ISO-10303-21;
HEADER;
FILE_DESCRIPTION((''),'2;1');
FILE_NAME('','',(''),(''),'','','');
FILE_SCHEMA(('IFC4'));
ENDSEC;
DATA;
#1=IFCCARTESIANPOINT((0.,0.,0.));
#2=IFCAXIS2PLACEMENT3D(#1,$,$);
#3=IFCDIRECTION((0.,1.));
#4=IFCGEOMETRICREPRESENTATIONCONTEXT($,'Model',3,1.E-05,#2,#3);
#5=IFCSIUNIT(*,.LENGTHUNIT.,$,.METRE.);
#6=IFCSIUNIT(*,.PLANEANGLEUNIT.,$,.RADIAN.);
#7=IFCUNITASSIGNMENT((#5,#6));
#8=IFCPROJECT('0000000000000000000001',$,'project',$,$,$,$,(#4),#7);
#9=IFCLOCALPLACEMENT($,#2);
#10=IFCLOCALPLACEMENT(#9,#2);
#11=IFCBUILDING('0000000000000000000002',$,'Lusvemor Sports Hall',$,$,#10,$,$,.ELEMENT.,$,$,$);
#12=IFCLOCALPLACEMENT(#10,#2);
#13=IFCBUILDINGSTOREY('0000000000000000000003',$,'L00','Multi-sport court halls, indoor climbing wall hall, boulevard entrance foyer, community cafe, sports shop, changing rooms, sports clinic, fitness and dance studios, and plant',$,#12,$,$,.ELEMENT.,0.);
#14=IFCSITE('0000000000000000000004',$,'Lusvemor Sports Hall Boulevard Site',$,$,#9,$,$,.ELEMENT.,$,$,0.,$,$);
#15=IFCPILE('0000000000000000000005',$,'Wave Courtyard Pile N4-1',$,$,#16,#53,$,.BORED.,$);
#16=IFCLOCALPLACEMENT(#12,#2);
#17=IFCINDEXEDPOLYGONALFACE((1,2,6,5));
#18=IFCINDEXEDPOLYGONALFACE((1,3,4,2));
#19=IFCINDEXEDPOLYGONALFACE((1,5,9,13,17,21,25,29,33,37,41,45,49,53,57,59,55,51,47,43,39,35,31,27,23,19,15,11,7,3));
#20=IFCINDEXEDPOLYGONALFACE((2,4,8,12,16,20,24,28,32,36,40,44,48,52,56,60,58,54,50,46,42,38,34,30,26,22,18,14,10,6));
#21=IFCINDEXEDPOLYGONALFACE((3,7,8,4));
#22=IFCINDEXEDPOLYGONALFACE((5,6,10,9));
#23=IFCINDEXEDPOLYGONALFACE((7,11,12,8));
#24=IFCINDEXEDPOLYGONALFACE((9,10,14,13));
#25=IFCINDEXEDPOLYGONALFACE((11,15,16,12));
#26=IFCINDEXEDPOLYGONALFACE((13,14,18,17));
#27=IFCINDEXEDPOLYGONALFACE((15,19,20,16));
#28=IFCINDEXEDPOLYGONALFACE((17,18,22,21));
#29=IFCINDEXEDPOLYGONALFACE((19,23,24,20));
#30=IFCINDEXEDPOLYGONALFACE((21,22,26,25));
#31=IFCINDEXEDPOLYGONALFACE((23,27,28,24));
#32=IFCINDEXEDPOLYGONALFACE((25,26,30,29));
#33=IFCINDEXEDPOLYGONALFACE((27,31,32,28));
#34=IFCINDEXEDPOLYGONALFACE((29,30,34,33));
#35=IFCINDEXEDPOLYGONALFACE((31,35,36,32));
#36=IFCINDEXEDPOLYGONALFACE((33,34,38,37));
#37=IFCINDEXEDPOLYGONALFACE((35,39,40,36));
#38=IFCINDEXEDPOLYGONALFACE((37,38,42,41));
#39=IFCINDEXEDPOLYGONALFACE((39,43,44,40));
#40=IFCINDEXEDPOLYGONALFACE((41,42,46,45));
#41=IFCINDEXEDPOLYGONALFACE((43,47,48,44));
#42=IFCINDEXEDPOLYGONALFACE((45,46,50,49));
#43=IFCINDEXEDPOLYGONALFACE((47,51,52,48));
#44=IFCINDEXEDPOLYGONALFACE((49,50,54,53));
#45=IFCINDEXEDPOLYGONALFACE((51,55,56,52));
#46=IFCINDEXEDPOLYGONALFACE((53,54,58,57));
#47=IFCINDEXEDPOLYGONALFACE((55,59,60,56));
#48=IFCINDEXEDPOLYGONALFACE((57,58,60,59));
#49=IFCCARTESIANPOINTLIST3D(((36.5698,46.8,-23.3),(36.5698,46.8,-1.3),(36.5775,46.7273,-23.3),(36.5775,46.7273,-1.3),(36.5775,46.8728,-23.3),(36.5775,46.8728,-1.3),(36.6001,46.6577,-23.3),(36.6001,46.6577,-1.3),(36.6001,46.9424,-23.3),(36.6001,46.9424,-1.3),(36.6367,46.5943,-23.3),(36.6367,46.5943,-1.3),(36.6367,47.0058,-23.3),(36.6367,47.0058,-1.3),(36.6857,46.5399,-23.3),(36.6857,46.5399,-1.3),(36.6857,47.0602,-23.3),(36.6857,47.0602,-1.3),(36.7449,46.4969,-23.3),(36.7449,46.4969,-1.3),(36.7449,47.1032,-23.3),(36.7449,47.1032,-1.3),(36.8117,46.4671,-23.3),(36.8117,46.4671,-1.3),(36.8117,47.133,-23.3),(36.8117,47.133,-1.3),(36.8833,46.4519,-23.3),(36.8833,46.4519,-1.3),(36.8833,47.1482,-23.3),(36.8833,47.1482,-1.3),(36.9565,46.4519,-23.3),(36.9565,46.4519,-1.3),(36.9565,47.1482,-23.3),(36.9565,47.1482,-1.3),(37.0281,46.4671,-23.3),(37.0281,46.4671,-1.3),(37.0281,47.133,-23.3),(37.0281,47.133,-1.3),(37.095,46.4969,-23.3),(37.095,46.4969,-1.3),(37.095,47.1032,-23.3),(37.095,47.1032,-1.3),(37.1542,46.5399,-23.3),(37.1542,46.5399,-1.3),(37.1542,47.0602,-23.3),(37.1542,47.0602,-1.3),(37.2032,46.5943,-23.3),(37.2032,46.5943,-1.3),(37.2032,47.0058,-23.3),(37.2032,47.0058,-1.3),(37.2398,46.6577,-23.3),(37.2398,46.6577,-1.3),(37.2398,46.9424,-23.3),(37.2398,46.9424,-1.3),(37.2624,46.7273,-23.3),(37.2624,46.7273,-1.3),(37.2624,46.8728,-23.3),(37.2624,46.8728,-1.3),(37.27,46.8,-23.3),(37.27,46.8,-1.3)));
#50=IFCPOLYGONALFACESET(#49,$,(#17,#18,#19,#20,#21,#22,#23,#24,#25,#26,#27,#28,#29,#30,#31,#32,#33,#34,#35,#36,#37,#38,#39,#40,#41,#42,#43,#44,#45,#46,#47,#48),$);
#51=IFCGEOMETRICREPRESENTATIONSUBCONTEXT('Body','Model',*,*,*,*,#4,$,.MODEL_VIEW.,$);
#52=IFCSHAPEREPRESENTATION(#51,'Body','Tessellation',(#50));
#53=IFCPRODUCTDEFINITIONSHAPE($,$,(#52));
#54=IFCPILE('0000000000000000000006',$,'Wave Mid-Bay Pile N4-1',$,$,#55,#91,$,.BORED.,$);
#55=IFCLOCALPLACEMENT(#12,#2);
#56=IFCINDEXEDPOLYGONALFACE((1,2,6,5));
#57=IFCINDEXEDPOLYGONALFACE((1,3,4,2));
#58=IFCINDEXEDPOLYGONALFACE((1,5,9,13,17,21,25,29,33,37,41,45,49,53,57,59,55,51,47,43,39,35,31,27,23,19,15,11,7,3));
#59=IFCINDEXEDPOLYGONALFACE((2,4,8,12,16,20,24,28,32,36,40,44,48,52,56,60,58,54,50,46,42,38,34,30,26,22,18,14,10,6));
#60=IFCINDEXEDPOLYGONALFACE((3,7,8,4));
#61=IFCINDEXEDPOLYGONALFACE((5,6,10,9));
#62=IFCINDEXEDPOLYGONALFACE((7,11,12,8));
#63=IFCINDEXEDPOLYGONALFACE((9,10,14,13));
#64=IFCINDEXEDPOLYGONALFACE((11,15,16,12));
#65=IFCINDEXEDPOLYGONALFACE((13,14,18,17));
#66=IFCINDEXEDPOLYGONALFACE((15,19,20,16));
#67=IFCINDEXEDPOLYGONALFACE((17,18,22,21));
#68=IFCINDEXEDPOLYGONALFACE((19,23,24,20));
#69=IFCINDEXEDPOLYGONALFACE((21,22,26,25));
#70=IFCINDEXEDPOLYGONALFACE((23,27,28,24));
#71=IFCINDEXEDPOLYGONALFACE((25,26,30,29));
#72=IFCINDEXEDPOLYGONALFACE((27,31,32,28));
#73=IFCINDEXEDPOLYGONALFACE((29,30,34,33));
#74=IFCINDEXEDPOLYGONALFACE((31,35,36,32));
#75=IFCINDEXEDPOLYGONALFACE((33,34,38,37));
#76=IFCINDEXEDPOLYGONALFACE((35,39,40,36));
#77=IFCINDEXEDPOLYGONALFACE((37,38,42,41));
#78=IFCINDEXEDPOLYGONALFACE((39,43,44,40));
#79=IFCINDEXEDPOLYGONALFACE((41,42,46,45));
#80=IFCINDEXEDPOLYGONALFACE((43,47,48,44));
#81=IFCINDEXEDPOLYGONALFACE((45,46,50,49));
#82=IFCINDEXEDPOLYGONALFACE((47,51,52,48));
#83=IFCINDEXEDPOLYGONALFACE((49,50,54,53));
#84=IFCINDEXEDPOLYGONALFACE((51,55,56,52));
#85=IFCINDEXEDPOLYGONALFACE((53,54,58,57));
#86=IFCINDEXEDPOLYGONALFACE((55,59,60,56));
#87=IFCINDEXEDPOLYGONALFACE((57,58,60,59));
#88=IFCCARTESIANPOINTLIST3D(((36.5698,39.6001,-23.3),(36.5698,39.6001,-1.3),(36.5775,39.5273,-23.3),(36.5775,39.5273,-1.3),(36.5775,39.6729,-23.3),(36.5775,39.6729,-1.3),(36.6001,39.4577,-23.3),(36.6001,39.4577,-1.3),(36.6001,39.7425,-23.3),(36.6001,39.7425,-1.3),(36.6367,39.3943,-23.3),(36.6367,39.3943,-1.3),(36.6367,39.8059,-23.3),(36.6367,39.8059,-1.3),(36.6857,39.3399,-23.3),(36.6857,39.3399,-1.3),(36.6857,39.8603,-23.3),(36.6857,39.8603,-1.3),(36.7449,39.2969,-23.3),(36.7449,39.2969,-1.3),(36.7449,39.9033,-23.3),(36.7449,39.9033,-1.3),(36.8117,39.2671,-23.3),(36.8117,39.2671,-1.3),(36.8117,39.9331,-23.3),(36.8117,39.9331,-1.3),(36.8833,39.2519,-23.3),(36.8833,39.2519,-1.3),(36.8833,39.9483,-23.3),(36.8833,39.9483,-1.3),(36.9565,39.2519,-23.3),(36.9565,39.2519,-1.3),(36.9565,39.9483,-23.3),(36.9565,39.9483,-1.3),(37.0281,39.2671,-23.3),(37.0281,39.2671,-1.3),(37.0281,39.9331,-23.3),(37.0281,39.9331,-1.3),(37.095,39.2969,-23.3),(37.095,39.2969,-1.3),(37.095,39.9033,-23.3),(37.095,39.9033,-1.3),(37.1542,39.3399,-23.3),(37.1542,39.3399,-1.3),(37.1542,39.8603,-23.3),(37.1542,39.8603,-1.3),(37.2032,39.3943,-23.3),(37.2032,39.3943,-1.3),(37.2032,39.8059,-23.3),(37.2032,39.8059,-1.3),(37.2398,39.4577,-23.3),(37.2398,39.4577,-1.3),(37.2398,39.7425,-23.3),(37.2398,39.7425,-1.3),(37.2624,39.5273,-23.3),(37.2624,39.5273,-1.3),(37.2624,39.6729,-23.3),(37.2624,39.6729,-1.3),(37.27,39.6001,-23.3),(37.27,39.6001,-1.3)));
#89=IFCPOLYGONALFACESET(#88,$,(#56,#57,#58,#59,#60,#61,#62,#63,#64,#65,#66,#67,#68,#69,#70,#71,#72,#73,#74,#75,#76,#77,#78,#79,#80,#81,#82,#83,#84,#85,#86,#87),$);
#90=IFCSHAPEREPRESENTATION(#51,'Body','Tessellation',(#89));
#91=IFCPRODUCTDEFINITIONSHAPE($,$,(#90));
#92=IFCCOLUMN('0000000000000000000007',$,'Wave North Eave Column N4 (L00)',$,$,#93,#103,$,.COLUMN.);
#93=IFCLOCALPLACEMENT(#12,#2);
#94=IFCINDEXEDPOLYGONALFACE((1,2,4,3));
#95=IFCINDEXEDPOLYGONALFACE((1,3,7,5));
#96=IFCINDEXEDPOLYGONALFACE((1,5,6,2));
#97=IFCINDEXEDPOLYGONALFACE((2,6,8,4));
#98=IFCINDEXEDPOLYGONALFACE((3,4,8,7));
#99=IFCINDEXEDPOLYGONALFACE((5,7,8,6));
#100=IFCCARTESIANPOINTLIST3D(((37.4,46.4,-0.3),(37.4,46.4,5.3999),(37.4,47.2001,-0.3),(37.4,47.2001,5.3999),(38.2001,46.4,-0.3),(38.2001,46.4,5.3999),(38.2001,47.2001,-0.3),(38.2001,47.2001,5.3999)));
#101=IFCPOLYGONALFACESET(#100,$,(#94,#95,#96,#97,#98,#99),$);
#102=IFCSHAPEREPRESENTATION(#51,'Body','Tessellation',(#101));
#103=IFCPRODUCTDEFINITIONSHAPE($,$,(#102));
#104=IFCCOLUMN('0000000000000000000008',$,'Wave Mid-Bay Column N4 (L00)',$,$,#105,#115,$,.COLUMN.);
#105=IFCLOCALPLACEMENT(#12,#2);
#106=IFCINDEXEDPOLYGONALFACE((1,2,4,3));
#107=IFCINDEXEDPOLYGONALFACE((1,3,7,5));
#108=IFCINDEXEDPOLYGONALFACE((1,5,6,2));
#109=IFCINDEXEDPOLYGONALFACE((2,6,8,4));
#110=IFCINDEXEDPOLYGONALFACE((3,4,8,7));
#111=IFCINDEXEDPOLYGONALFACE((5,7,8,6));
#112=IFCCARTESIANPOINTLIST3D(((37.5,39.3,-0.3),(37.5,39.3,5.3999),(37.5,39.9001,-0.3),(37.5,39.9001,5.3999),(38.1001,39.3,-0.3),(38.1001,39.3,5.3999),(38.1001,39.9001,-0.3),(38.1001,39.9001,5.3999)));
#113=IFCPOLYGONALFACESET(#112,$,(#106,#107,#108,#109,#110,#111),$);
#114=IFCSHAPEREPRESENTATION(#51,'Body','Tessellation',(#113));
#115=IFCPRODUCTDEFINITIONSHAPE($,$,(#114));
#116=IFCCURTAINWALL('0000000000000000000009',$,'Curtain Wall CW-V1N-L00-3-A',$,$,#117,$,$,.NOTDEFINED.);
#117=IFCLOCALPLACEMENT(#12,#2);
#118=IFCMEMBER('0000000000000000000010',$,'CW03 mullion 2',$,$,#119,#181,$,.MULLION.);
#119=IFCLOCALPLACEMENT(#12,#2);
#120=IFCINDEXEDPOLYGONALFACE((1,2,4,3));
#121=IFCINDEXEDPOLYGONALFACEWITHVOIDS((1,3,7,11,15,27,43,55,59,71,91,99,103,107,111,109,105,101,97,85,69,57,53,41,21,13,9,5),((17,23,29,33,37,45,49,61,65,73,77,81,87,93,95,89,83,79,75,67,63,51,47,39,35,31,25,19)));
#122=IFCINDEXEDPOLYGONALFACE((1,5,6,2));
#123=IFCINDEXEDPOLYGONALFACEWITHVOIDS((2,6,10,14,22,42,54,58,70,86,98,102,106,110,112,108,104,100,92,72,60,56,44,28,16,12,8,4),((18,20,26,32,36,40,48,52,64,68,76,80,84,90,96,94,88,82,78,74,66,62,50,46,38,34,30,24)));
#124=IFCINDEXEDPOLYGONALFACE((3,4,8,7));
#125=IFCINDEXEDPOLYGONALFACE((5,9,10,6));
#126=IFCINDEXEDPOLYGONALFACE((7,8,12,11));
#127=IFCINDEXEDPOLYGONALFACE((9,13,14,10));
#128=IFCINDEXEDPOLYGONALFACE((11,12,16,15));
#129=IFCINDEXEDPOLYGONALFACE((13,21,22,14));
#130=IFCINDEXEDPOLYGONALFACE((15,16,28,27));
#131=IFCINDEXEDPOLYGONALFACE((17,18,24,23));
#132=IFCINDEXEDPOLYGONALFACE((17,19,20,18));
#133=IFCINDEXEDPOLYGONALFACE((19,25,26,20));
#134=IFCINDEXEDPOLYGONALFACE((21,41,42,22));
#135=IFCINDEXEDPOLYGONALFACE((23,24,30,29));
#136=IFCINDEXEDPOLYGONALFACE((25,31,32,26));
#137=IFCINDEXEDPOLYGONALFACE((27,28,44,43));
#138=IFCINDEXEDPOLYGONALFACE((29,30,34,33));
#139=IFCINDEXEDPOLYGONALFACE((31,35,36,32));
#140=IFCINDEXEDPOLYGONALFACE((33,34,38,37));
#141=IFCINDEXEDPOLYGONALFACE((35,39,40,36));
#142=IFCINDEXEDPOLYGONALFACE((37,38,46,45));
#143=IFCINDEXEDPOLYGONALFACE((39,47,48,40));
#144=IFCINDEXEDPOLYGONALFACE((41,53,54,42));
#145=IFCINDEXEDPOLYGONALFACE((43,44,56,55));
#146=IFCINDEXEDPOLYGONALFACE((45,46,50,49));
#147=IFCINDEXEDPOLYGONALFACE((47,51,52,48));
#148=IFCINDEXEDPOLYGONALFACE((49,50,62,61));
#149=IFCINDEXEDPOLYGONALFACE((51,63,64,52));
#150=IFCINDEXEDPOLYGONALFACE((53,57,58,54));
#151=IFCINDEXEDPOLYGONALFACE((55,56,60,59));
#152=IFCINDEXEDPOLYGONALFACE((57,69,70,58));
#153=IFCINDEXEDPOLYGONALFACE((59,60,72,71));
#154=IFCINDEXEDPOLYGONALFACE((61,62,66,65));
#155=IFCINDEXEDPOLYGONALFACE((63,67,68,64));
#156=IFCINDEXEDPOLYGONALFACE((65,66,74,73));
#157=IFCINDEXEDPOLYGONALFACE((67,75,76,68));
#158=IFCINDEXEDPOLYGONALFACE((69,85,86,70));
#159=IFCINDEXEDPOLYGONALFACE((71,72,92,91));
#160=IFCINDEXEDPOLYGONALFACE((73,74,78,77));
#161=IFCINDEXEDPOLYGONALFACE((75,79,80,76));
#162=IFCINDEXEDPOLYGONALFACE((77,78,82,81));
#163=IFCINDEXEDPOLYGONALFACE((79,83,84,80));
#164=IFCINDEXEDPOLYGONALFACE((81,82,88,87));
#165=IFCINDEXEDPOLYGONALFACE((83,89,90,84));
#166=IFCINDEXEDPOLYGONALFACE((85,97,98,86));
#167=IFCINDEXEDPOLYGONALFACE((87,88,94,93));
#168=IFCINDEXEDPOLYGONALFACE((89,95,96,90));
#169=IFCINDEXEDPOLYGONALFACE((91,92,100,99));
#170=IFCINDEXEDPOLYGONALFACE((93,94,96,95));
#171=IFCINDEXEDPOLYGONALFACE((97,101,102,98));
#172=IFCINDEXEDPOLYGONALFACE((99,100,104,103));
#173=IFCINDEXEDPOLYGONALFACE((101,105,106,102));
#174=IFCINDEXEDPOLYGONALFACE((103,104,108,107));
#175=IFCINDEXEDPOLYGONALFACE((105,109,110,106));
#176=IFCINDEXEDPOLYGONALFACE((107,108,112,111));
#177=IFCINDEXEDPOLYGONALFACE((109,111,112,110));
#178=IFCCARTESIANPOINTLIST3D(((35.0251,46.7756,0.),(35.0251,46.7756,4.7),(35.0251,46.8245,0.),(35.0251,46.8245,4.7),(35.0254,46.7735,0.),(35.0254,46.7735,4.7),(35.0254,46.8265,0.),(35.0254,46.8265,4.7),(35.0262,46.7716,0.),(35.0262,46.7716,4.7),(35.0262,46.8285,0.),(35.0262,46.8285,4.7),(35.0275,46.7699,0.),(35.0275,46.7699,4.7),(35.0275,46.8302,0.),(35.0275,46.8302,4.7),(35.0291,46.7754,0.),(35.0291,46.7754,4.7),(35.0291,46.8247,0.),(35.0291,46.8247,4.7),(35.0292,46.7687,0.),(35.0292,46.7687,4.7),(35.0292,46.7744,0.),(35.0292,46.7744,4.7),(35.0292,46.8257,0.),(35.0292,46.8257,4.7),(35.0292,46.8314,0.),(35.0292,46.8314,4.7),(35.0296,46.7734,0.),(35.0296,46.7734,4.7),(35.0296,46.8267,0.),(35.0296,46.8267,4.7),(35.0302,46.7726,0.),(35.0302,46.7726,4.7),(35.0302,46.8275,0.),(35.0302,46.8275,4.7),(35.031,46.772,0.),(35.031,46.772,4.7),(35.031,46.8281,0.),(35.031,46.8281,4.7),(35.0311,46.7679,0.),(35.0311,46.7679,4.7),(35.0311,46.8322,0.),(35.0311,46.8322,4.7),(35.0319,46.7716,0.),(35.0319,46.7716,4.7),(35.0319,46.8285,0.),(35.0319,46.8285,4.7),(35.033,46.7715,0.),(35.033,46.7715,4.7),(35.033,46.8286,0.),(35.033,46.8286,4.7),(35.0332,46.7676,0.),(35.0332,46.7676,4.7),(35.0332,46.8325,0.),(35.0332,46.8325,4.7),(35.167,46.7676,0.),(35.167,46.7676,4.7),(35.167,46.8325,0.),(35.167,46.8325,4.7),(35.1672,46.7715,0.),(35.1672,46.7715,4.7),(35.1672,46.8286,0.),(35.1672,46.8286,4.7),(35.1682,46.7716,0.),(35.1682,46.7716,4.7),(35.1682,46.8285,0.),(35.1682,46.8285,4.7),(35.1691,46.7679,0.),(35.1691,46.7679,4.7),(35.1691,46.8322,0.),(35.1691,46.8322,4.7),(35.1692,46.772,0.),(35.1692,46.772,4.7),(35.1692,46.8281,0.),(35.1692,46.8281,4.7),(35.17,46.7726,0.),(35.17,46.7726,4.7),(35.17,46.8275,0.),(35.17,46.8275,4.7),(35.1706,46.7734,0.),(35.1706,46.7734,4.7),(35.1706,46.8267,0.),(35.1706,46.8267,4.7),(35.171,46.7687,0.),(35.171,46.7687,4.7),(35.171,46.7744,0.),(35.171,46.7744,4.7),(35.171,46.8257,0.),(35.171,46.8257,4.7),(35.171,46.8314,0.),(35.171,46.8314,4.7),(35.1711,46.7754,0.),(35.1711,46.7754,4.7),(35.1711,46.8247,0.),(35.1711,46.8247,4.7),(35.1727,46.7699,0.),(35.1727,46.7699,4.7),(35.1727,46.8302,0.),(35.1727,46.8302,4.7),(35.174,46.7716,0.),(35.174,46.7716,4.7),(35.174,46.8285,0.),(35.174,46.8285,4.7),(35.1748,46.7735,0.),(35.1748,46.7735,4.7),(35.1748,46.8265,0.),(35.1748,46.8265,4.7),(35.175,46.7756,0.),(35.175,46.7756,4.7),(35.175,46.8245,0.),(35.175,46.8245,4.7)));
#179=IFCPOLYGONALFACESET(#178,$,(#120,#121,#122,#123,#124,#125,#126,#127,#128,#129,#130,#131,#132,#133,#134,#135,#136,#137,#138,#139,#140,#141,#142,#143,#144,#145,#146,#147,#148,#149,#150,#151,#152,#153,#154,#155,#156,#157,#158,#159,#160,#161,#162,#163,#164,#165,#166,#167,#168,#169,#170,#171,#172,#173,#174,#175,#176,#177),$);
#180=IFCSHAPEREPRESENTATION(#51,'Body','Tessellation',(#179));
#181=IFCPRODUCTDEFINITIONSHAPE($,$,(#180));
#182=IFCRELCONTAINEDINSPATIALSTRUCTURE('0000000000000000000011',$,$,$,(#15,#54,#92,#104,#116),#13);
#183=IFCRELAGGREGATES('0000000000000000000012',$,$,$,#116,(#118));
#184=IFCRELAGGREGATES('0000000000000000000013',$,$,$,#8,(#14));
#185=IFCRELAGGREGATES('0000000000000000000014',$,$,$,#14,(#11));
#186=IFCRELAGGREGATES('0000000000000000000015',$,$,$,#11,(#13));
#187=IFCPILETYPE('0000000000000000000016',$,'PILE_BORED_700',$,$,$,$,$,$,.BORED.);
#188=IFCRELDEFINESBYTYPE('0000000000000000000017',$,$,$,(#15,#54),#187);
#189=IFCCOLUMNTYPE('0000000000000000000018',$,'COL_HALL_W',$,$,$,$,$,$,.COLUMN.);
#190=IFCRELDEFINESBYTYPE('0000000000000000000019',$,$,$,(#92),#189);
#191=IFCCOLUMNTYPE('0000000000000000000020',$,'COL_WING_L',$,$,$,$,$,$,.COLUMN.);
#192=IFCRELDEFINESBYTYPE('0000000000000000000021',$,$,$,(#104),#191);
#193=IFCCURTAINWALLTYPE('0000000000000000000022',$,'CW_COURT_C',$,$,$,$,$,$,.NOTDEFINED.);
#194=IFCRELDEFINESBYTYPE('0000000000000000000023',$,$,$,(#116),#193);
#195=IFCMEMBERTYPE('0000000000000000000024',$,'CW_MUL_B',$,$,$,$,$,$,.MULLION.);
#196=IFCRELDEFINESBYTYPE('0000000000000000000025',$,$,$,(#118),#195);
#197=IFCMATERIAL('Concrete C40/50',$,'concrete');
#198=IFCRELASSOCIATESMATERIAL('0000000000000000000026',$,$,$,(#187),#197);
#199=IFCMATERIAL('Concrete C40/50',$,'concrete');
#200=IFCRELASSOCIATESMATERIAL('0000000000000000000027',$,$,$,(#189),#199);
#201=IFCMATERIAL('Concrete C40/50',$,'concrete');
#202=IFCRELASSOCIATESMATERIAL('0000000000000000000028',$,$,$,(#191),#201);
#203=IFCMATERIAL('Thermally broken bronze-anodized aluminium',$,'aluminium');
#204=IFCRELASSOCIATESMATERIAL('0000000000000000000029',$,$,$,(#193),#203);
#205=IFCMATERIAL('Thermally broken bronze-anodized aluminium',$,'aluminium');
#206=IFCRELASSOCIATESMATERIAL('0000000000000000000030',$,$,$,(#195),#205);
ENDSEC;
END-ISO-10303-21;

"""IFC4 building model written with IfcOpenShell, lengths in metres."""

from ifc_helpers import new_model, si_unit, direction, frame, origin, origin_2d, place, context, subcontext, project, spatial, rectangle, hollow_rectangle, circle, extrude, material, material_profile, profile_set, type_object, element, aggregate, save


model = new_model("IFC4")

# Units and contexts
model_context = context("Model", 3, precision=1e-05, world=origin(), true_north=direction((0.0, 1.0)))
body_context = subcontext(model_context, "Body", "Model", "MODEL_VIEW")
ifc_project = project(units=[si_unit("LENGTHUNIT", "METRE"), si_unit("PLANEANGLEUNIT", "RADIAN")], contexts=[model_context])

# Site, building, storey
site_placement = place(None, origin())
site = spatial("IfcSite", under=ifc_project, at=site_placement, Name="Lusvemor Sports Hall Boulevard Site", CompositionType="ELEMENT", RefElevation=0.0)
building_placement = place(site_placement, origin())
building = spatial("IfcBuilding", under=site, at=building_placement, Name="Lusvemor Sports Hall", CompositionType="ELEMENT")
storey_placement = place(building_placement, origin())
storey = spatial("IfcBuildingStorey", under=building, at=storey_placement, Name="L00", Description="Multi-sport court halls, indoor climbing wall hall, boulevard entrance foyer, community cafe, sports shop, changing rooms, sports clinic, fitness and dance studios, and plant", CompositionType="ELEMENT", Elevation=0.0)

# Piles
ifc_material_1 = material(Name="Concrete C40/50", Category="concrete")
ifc_material_profile_1 = material_profile(ifc_material_1, circle(Radius=0.3501, at=origin_2d()), Name="PILE700")
ifc_profile_set_1 = profile_set([ifc_material_profile_1], Name="Concrete C40/50")
pile_type = type_object("IfcPileType", Name="PILE_BORED_700", PredefinedType="BORED", material=ifc_profile_set_1)
for number, where, z_axis, x_axis, name in (
    (1, (36.9199, 46.8, -1.3), (0.0, 0.0, -1.0), (1.0, 0.0, 0.0), "Wave Courtyard Pile N4-1"),
    (2, (36.9199, 39.6001, -1.3), (0.0, 0.0, -1.0), (1.0, 0.0, 0.0), "Wave Mid-Bay Pile N4-1"),
):
    element("IfcPile", number, at=place(storey_placement, frame(where, z_axis=z_axis, x_axis=x_axis)), inside=storey, type_object=pile_type, Name=name, PredefinedType="BORED", context=body_context, shape_type="SweptSolid", body=[
        extrude(circle(Radius=0.3501, at=origin_2d()), origin(), (0.0, 0.0, 1.0), 22.0),
    ])

# Columns
ifc_material_2 = material(Name="Concrete C40/50", Category="concrete")
ifc_material_profile_2 = material_profile(ifc_material_2, rectangle(XDim=0.8, YDim=0.8, at=origin_2d()), Name="RC800x800")
ifc_profile_set_2 = profile_set([ifc_material_profile_2], Name="Concrete C40/50")
column_type_1 = type_object("IfcColumnType", Name="COL_HALL_W", PredefinedType="COLUMN", material=ifc_profile_set_2)
column_1_placement = place(storey_placement, frame((37.8, 46.8, -0.3), z_axis=(0.0, 0.0, 1.0), x_axis=(1.0, 0.0, 0.0)))
element("IfcColumn", 3, at=column_1_placement, inside=storey, type_object=column_type_1, Name="Wave North Eave Column N4 (L00)", PredefinedType="COLUMN", context=body_context, shape_type="SweptSolid", body=[
    extrude(rectangle(XDim=0.8, YDim=0.8, at=origin_2d()), origin(), (0.0, 0.0, 1.0), 5.7),
])
ifc_material_3 = material(Name="Concrete C40/50", Category="concrete")
ifc_material_profile_3 = material_profile(ifc_material_3, rectangle(XDim=0.6001, YDim=0.6001, at=origin_2d()), Name="RC600x600")
ifc_profile_set_3 = profile_set([ifc_material_profile_3], Name="Concrete C40/50")
column_type_2 = type_object("IfcColumnType", Name="COL_WING_L", PredefinedType="COLUMN", material=ifc_profile_set_3)
column_2_placement = place(storey_placement, frame((37.8, 39.6001, -0.3), z_axis=(0.0, 0.0, 1.0), x_axis=(1.0, 0.0, 0.0)))
element("IfcColumn", 4, at=column_2_placement, inside=storey, type_object=column_type_2, Name="Wave Mid-Bay Column N4 (L00)", PredefinedType="COLUMN", context=body_context, shape_type="SweptSolid", body=[
    extrude(rectangle(XDim=0.6001, YDim=0.6001, at=origin_2d()), origin(), (0.0, 0.0, 1.0), 5.7),
])

# Curtain wall, member
ifc_material_4 = material(Name="Thermally broken bronze-anodized aluminium", Category="aluminium")
curtain_wall_type = type_object("IfcCurtainWallType", Name="CW_COURT_C", PredefinedType="NOTDEFINED", material=ifc_material_4)
curtain_wall_1_placement = place(storey_placement, origin())
curtain_wall_1 = element("IfcCurtainWall", 5, at=curtain_wall_1_placement, inside=storey, type_object=curtain_wall_type, Name="Curtain Wall CW-V1N-L00-3-A", PredefinedType="NOTDEFINED")
ifc_material_5 = material(Name="Thermally broken bronze-anodized aluminium", Category="aluminium")
ifc_material_profile_4 = material_profile(ifc_material_5, hollow_rectangle(XDim=0.0649, YDim=0.1499, WallThickness=0.0039, InnerFilletRadius=0.0039, OuterFilletRadius=0.0081, at=origin_2d()), Name="CWMUL150x65x4")
ifc_profile_set_4 = profile_set([ifc_material_profile_4], Name="Thermally broken bronze-anodized aluminium")
member_type_1 = type_object("IfcMemberType", Name="CW_MUL_B", PredefinedType="MULLION", material=ifc_profile_set_4)
member_1_placement = place(storey_placement, frame((35.1001, 46.8, 0.0), z_axis=(0.0, 0.0, 1.0), x_axis=(0.0, 1.0, 0.0)))
member_1 = element("IfcMember", 6, at=member_1_placement, type_object=member_type_1, Name="CW03 mullion 2", PredefinedType="MULLION", context=body_context, shape_type="SweptSolid", body=[
    extrude(hollow_rectangle(XDim=0.0649, YDim=0.1499, WallThickness=0.0039, InnerFilletRadius=0.0039, OuterFilletRadius=0.0081, at=origin_2d()), origin(), (0.0, 0.0, 1.0), 4.7),
])

aggregate(curtain_wall_1, [member_1])

save(model, "model.ifc")
